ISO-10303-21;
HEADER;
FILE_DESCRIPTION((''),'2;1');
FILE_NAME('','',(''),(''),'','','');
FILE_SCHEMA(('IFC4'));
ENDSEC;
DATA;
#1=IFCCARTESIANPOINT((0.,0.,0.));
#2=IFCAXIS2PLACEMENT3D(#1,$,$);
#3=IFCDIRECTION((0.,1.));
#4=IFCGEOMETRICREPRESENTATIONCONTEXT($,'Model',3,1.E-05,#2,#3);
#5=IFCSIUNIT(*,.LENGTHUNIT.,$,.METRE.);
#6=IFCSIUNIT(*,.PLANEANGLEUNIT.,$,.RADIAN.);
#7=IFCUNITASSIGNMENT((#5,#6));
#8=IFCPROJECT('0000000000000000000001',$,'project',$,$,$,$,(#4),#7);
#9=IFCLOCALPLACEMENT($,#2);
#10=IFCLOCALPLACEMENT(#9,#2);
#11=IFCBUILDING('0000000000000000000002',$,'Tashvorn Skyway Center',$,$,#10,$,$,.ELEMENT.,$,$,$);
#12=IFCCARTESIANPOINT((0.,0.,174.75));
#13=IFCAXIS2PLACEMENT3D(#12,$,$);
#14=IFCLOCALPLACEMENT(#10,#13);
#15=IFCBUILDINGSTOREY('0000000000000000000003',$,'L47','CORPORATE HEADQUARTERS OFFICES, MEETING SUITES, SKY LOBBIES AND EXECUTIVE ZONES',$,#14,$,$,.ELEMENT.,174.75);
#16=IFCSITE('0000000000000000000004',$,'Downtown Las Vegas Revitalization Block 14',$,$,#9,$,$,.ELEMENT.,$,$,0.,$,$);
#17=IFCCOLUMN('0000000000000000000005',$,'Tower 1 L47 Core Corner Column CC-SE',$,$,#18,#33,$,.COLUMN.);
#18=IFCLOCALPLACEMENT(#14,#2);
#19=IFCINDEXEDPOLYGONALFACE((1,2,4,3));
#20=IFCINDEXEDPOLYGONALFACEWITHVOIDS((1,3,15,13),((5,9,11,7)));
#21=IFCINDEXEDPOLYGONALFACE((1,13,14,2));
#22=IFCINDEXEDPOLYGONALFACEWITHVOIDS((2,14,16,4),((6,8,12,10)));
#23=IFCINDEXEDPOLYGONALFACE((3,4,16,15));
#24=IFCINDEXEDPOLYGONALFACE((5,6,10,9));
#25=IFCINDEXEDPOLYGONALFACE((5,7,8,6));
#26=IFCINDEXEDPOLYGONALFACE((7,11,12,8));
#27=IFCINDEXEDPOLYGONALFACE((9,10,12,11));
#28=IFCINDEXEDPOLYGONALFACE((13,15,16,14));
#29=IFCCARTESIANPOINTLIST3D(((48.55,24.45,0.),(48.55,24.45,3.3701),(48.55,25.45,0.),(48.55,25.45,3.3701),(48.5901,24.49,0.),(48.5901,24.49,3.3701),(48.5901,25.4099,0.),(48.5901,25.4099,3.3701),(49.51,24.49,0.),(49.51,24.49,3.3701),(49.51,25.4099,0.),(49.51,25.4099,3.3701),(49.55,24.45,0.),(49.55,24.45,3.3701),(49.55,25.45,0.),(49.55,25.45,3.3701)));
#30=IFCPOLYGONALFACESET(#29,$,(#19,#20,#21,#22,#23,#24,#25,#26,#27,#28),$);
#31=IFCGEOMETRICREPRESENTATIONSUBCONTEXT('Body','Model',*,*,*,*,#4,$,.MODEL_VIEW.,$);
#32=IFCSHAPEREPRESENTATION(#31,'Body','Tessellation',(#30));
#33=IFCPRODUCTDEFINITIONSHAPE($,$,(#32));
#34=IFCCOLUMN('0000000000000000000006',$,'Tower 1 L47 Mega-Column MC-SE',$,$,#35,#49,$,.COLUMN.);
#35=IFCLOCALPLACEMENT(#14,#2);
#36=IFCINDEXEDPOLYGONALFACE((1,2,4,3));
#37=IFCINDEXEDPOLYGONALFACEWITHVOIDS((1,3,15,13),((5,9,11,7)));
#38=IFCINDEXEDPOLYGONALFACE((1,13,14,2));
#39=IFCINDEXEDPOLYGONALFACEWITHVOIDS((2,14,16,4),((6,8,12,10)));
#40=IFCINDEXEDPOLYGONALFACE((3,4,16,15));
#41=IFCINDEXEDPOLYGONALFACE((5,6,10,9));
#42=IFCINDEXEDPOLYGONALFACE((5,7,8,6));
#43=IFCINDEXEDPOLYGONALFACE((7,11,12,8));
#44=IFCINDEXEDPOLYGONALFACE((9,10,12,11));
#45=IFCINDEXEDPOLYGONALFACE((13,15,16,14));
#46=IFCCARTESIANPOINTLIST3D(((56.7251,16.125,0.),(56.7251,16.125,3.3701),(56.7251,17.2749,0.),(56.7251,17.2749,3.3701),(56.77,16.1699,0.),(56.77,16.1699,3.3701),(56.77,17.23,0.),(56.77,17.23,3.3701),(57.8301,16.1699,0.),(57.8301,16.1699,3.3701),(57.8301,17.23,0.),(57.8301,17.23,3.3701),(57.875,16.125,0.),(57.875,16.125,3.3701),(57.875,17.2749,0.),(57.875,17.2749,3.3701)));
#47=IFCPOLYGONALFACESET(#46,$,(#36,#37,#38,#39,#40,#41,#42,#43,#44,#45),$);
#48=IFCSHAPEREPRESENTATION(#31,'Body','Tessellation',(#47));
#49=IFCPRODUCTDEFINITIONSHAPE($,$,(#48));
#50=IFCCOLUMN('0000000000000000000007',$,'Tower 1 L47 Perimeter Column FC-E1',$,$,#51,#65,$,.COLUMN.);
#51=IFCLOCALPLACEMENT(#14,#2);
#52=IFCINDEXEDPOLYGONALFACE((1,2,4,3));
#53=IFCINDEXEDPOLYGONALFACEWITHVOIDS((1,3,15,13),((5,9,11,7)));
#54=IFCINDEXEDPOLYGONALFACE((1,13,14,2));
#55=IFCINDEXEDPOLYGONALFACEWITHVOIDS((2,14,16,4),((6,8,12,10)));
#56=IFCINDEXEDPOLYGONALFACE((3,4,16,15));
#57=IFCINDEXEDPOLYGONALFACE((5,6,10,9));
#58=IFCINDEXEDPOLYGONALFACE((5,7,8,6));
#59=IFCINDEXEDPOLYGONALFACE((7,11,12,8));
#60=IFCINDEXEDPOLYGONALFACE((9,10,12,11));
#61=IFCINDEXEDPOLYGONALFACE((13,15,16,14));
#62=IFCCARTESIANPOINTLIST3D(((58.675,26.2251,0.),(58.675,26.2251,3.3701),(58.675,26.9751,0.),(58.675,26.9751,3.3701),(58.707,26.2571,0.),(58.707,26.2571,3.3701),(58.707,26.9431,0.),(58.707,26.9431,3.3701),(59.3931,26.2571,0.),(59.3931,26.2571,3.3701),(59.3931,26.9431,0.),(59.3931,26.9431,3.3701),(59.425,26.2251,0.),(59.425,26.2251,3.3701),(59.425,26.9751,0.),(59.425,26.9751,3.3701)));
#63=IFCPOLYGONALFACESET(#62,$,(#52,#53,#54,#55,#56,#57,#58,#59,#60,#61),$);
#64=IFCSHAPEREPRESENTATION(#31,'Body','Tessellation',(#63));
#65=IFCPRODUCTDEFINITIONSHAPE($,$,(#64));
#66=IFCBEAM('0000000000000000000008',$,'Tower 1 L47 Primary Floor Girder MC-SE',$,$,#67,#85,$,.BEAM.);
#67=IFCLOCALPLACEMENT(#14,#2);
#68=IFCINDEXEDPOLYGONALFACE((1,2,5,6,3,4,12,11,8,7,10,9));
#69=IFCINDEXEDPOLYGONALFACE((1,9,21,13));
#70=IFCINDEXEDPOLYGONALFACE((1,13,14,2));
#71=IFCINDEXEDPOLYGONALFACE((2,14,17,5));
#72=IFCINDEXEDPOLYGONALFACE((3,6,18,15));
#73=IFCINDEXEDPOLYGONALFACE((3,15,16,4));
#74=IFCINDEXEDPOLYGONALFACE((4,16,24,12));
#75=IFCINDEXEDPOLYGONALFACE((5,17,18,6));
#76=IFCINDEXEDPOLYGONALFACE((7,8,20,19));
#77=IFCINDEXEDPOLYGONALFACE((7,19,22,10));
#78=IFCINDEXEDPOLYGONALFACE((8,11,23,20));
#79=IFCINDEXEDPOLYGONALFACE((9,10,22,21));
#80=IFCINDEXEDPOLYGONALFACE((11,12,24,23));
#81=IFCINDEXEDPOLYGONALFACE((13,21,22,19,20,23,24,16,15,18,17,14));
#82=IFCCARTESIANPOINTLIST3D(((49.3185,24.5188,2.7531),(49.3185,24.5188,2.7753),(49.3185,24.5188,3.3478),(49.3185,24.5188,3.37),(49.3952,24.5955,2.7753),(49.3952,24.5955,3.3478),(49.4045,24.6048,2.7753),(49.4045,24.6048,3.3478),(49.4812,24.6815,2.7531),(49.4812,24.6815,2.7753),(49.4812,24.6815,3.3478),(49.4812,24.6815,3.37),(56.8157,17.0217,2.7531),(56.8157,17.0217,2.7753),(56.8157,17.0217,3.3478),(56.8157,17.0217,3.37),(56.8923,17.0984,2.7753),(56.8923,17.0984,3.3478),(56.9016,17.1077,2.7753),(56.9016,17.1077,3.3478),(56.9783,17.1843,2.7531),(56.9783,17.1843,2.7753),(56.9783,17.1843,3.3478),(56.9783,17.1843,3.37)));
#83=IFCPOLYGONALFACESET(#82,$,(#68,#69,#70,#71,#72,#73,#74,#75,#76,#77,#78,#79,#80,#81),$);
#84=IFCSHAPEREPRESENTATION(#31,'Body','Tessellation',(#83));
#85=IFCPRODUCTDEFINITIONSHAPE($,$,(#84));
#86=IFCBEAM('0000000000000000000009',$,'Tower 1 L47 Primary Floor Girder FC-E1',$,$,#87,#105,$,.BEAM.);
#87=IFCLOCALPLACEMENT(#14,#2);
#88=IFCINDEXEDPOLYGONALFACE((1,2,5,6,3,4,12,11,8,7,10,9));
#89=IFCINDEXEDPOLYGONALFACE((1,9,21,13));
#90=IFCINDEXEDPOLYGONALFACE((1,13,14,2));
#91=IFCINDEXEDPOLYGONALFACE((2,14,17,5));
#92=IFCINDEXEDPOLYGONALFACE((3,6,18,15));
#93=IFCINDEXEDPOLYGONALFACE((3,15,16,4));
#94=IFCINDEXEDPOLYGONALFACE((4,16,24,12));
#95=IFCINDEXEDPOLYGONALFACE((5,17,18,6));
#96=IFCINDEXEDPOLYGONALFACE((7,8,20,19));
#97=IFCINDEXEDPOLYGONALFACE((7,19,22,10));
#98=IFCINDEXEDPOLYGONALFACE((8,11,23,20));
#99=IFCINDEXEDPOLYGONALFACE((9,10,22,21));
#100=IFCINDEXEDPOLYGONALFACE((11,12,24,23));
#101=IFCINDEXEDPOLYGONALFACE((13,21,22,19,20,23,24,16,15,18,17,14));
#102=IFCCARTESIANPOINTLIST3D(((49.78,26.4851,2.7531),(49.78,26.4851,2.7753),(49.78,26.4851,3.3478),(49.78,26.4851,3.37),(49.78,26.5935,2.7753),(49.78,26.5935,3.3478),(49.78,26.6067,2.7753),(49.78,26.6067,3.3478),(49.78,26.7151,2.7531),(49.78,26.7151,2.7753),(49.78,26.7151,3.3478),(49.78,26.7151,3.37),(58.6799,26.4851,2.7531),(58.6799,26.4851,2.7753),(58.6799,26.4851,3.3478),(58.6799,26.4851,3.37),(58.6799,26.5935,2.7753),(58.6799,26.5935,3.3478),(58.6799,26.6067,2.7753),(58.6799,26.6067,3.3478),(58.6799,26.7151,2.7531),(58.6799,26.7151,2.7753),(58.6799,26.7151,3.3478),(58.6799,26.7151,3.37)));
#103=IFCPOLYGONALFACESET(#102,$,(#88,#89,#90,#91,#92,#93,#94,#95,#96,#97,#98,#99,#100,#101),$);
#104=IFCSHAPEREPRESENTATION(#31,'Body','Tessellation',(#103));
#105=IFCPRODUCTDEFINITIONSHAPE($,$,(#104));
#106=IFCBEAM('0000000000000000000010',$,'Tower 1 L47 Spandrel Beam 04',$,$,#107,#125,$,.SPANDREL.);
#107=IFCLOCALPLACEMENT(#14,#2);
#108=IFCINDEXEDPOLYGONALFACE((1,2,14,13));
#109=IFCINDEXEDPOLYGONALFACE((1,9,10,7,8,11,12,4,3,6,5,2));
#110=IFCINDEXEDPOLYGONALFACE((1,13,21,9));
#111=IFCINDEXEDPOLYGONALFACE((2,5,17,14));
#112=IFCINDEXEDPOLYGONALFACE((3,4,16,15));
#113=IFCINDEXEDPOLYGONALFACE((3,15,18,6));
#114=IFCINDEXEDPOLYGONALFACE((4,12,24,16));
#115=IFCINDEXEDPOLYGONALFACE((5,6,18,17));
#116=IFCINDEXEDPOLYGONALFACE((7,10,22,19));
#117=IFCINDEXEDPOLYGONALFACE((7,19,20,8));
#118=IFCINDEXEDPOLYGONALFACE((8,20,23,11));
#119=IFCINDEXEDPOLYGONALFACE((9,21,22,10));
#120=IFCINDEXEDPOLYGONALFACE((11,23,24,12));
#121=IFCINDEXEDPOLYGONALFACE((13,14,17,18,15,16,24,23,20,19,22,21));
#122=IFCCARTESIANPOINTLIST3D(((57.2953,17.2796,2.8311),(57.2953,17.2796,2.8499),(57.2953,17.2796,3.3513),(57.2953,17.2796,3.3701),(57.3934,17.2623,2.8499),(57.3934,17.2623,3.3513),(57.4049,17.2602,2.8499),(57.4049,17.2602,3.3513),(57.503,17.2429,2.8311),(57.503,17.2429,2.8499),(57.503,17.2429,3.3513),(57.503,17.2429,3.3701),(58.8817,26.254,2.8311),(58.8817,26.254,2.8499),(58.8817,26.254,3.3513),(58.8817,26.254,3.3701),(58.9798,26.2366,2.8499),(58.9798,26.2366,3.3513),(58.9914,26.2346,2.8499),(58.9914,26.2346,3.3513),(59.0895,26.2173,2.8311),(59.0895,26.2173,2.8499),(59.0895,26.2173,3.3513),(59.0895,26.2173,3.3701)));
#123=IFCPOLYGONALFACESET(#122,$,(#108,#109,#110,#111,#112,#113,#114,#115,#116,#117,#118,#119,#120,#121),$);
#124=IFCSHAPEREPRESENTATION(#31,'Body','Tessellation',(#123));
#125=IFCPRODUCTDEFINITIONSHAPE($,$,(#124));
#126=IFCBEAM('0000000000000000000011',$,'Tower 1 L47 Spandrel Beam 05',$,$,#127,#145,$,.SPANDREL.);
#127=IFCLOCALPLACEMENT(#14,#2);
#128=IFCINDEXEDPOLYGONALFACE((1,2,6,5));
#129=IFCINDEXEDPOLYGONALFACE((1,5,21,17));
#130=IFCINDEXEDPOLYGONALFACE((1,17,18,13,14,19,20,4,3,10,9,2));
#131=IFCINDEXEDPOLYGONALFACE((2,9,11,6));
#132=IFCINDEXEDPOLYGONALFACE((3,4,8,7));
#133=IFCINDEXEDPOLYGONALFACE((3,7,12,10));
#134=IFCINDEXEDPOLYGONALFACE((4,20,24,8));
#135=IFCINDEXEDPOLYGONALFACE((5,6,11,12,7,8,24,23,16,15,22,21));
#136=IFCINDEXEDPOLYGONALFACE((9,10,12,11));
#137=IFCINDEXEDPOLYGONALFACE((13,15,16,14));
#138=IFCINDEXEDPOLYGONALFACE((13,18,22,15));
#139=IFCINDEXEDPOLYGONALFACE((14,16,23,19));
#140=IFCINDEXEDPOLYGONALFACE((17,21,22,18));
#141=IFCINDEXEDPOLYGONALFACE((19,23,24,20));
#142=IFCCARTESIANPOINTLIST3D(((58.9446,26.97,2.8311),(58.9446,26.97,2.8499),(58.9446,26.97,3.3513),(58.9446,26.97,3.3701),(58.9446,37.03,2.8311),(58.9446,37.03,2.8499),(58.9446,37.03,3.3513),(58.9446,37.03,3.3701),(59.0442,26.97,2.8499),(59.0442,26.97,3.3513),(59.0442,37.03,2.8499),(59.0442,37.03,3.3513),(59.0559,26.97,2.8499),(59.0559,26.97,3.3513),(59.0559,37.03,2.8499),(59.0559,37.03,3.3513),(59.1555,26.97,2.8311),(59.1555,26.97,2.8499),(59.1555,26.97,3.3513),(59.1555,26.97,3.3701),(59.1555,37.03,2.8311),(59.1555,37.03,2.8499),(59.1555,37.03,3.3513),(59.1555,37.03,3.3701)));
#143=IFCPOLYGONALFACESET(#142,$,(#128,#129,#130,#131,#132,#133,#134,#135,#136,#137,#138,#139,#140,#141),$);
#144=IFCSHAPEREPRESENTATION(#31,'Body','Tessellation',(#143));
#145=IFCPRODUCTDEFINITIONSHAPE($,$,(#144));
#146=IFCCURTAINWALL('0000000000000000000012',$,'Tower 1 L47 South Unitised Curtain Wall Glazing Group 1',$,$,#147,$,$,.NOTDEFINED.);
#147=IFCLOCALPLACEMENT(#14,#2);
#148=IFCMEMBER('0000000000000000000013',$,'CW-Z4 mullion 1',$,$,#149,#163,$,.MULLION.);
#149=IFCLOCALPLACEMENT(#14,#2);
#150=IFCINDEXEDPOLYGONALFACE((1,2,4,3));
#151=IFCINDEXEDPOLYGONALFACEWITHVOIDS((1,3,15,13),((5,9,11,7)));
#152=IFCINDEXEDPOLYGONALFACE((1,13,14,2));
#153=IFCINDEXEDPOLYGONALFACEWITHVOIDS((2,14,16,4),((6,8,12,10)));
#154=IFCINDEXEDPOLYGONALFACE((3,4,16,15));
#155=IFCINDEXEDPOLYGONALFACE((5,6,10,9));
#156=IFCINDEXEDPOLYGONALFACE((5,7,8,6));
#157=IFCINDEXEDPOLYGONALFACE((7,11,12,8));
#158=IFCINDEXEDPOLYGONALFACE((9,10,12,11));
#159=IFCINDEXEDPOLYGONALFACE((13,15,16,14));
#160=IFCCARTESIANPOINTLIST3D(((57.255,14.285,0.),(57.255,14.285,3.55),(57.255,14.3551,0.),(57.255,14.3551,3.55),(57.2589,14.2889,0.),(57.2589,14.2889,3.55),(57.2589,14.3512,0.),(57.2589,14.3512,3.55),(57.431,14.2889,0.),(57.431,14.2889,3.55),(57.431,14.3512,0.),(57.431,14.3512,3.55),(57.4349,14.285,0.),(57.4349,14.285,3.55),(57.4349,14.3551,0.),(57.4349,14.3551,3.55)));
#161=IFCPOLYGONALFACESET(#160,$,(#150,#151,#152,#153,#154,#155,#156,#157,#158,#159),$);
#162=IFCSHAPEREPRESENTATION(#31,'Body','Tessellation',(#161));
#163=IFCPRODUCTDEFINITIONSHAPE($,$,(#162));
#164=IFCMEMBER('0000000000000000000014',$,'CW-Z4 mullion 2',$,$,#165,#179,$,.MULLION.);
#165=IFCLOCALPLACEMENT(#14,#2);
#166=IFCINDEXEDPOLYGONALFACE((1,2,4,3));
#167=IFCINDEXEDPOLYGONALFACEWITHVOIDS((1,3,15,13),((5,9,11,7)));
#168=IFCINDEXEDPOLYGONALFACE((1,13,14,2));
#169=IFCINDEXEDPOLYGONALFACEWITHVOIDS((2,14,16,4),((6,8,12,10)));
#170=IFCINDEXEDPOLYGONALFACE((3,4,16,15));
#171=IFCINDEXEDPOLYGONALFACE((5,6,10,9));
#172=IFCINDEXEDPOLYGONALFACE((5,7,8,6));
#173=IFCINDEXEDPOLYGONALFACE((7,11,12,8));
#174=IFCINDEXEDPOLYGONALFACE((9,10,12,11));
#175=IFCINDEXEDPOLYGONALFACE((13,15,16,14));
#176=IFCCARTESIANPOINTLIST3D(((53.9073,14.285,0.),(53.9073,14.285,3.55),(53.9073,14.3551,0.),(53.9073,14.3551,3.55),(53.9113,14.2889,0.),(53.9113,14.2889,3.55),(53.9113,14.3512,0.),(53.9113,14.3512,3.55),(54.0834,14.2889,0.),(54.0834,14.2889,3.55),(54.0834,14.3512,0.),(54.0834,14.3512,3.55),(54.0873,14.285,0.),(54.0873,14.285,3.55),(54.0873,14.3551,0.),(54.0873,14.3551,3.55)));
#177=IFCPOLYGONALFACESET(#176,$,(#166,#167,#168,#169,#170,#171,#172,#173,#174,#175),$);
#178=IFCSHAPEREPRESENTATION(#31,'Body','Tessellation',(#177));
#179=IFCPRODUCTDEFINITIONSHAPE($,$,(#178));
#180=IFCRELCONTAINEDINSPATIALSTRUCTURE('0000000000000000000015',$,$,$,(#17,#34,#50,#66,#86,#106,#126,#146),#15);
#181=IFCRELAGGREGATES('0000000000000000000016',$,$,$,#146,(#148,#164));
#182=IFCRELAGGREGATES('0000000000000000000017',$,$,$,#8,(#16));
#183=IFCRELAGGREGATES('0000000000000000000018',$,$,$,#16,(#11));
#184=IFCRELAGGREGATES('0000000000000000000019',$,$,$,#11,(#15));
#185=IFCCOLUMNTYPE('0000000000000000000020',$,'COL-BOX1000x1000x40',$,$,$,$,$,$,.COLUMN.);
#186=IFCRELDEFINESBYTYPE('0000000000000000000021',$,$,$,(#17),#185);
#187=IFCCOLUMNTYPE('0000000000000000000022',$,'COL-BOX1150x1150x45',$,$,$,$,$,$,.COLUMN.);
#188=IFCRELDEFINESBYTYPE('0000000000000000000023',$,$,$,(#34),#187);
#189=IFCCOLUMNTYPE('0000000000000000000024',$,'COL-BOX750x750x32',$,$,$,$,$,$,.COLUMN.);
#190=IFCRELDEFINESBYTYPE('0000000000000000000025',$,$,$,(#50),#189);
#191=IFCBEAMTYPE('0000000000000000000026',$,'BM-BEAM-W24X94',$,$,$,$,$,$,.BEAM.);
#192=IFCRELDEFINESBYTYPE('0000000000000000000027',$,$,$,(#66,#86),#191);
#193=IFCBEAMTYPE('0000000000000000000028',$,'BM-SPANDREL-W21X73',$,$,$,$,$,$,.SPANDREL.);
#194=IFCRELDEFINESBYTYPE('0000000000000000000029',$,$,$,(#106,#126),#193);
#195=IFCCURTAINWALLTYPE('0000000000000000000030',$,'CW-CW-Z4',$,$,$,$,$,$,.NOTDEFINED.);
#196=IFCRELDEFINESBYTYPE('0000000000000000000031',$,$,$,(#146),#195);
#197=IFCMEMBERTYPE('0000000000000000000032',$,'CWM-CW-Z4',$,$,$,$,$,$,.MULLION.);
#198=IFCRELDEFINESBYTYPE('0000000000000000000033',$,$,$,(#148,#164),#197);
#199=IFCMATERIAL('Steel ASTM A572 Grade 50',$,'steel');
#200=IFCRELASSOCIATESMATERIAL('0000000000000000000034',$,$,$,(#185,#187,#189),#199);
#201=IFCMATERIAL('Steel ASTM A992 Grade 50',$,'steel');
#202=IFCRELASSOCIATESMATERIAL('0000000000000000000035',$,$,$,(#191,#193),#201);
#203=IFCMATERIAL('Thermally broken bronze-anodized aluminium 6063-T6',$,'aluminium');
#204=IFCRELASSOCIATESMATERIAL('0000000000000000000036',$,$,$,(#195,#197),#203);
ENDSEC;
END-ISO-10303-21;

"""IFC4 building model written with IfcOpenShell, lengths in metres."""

from ifc_helpers import new_model, si_unit, direction, frame, origin, origin_2d, place, context, subcontext, project, spatial, hollow_rectangle, i_section, extrude, material, material_profile, profile_set, type_object, element, aggregate, save


model = new_model("IFC4")

# Units and contexts
model_context = context("Model", 3, precision=1e-05, world=origin(), true_north=direction((0.0, 1.0)))
body_context = subcontext(model_context, "Body", "Model", "MODEL_VIEW")
ifc_project = project(units=[si_unit("LENGTHUNIT", "METRE"), si_unit("PLANEANGLEUNIT", "RADIAN")], contexts=[model_context])

# Site, building, storey
site_placement = place(None, origin())
site = spatial("IfcSite", under=ifc_project, at=site_placement, Name="Downtown Las Vegas Revitalization Block 14", CompositionType="ELEMENT", RefElevation=0.0)
building_placement = place(site_placement, origin())
building = spatial("IfcBuilding", under=site, at=building_placement, Name="Tashvorn Skyway Center", CompositionType="ELEMENT")
storey_placement = place(building_placement, frame((0.0, 0.0, 174.75)))
storey = spatial("IfcBuildingStorey", under=building, at=storey_placement, Name="L47", Description="CORPORATE HEADQUARTERS OFFICES, MEETING SUITES, SKY LOBBIES AND EXECUTIVE ZONES", CompositionType="ELEMENT", Elevation=174.75)

# Columns
ifc_material_1 = material(Name="Steel ASTM A572 Grade 50", Category="steel")
ifc_material_profile_1 = material_profile(ifc_material_1, hollow_rectangle(XDim=1.0, YDim=1.0, WallThickness=0.04, at=origin_2d()), Name="BOX1000x1000x40")
ifc_profile_set_1 = profile_set([ifc_material_profile_1], Name="Steel ASTM A572 Grade 50")
column_type_1 = type_object("IfcColumnType", Name="COL-BOX1000x1000x40", PredefinedType="COLUMN", material=ifc_profile_set_1)
column_1_placement = place(storey_placement, frame((49.05, 24.95, 0.0), z_axis=(0.0, 0.0, 1.0), x_axis=(1.0, 0.0, 0.0)))
element("IfcColumn", 1, at=column_1_placement, inside=storey, type_object=column_type_1, Name="Tower 1 L47 Core Corner Column CC-SE", PredefinedType="COLUMN", context=body_context, shape_type="SweptSolid", body=[
    extrude(hollow_rectangle(XDim=1.0, YDim=1.0, WallThickness=0.04, at=origin_2d()), origin(), (0.0, 0.0, 1.0), 3.3701),
])
ifc_material_profile_2 = material_profile(ifc_material_1, hollow_rectangle(XDim=1.1499, YDim=1.1499, WallThickness=0.0449, at=origin_2d()), Name="BOX1150x1150x45")
ifc_profile_set_2 = profile_set([ifc_material_profile_2], Name="Steel ASTM A572 Grade 50")
column_type_2 = type_object("IfcColumnType", Name="COL-BOX1150x1150x45", PredefinedType="COLUMN", material=ifc_profile_set_2)
column_2_placement = place(storey_placement, frame((57.3, 16.7, 0.0), z_axis=(0.0, 0.0, 1.0), x_axis=(1.0, 0.0, 0.0)))
element("IfcColumn", 2, at=column_2_placement, inside=storey, type_object=column_type_2, Name="Tower 1 L47 Mega-Column MC-SE", PredefinedType="COLUMN", context=body_context, shape_type="SweptSolid", body=[
    extrude(hollow_rectangle(XDim=1.1499, YDim=1.1499, WallThickness=0.0449, at=origin_2d()), origin(), (0.0, 0.0, 1.0), 3.3701),
])
ifc_material_profile_3 = material_profile(ifc_material_1, hollow_rectangle(XDim=0.75, YDim=0.75, WallThickness=0.032, at=origin_2d()), Name="BOX750x750x32")
ifc_profile_set_3 = profile_set([ifc_material_profile_3], Name="Steel ASTM A572 Grade 50")
column_type_3 = type_object("IfcColumnType", Name="COL-BOX750x750x32", PredefinedType="COLUMN", material=ifc_profile_set_3)
column_3_placement = place(storey_placement, frame((59.05, 26.6001, 0.0), z_axis=(0.0, 0.0, 1.0), x_axis=(1.0, 0.0, 0.0)))
element("IfcColumn", 3, at=column_3_placement, inside=storey, type_object=column_type_3, Name="Tower 1 L47 Perimeter Column FC-E1", PredefinedType="COLUMN", context=body_context, shape_type="SweptSolid", body=[
    extrude(hollow_rectangle(XDim=0.75, YDim=0.75, WallThickness=0.032, at=origin_2d()), origin(), (0.0, 0.0, 1.0), 3.3701),
])

# Beams
ifc_material_2 = material(Name="Steel ASTM A992 Grade 50", Category="steel")
ifc_material_profile_4 = material_profile(ifc_material_2, i_section(OverallWidth=0.23, OverallDepth=0.6169, WebThickness=0.0132, FlangeThickness=0.0222, at=origin_2d()), Name="W24X94")
ifc_profile_set_4 = profile_set([ifc_material_profile_4], Name="Steel ASTM A992 Grade 50")
beam_type_1 = type_object("IfcBeamType", Name="BM-BEAM-W24X94", PredefinedType="BEAM", material=ifc_profile_set_4)
beam_1_placement = place(storey_placement, frame((56.897, 17.103, 3.0615), z_axis=(-0.707107, 0.707107, 0.0), x_axis=(-0.707107, -0.707107, 0.0)))
element("IfcBeam", 4, at=beam_1_placement, inside=storey, type_object=beam_type_1, Name="Tower 1 L47 Primary Floor Girder MC-SE", PredefinedType="BEAM", context=body_context, shape_type="SweptSolid", body=[
    extrude(i_section(OverallWidth=0.23, OverallDepth=0.6169, WebThickness=0.0132, FlangeThickness=0.0222, at=origin_2d()), origin(), (0.0, 0.0, 1.0), 10.6025),
])
beam_2_placement = place(storey_placement, frame((58.6799, 26.6001, 3.0615), z_axis=(-1.0, 0.0, 0.0), x_axis=(0.0, -1.0, 0.0)))
element("IfcBeam", 5, at=beam_2_placement, inside=storey, type_object=beam_type_1, Name="Tower 1 L47 Primary Floor Girder FC-E1", PredefinedType="BEAM", context=body_context, shape_type="SweptSolid", body=[
    extrude(i_section(OverallWidth=0.23, OverallDepth=0.6169, WebThickness=0.0132, FlangeThickness=0.0222, at=origin_2d()), origin(), (0.0, 0.0, 1.0), 8.8999),
])
ifc_material_profile_5 = material_profile(ifc_material_2, i_section(OverallWidth=0.2109, OverallDepth=0.5391, WebThickness=0.0117, FlangeThickness=0.0188, at=origin_2d()), Name="W21X73")
ifc_profile_set_5 = profile_set([ifc_material_profile_5], Name="Steel ASTM A992 Grade 50")
beam_type_2 = type_object("IfcBeamType", Name="BM-SPANDREL-W21X73", PredefinedType="SPANDREL", material=ifc_profile_set_5)
beam_3_placement = place(storey_placement, frame((57.3992, 17.2612, 3.1006), z_axis=(0.174074, 0.984733, 0.0), x_axis=(-0.984733, 0.174074, 0.0)))
element("IfcBeam", 6, at=beam_3_placement, inside=storey, type_object=beam_type_2, Name="Tower 1 L47 Spandrel Beam 04", PredefinedType="SPANDREL", context=body_context, shape_type="SweptSolid", body=[
    extrude(i_section(OverallWidth=0.2109, OverallDepth=0.5391, WebThickness=0.0117, FlangeThickness=0.0188, at=origin_2d()), origin(), (0.0, 0.0, 1.0), 9.1135),
])
beam_4_placement = place(storey_placement, frame((59.05, 26.97, 3.1006), z_axis=(0.0, 1.0, 0.0), x_axis=(-1.0, 0.0, 0.0)))
element("IfcBeam", 7, at=beam_4_placement, inside=storey, type_object=beam_type_2, Name="Tower 1 L47 Spandrel Beam 05", PredefinedType="SPANDREL", context=body_context, shape_type="SweptSolid", body=[
    extrude(i_section(OverallWidth=0.2109, OverallDepth=0.5391, WebThickness=0.0117, FlangeThickness=0.0188, at=origin_2d()), origin(), (0.0, 0.0, 1.0), 10.0601),
])

# Curtain wall, members
ifc_material_3 = material(Name="Thermally broken bronze-anodized aluminium 6063-T6", Category="aluminium")
curtain_wall_type = type_object("IfcCurtainWallType", Name="CW-CW-Z4", PredefinedType="NOTDEFINED", material=ifc_material_3)
curtain_wall_1_placement = place(storey_placement, origin())
curtain_wall_1 = element("IfcCurtainWall", 8, at=curtain_wall_1_placement, inside=storey, type_object=curtain_wall_type, Name="Tower 1 L47 South Unitised Curtain Wall Glazing Group 1", PredefinedType="NOTDEFINED")
ifc_material_profile_6 = material_profile(ifc_material_3, hollow_rectangle(XDim=0.0701, YDim=0.1799, WallThickness=0.0039, at=origin_2d()), Name="ALU-MULL-70x180")
ifc_profile_set_6 = profile_set([ifc_material_profile_6], Name="Thermally broken bronze-anodized aluminium 6063-T6")
member_type_1 = type_object("IfcMemberType", Name="CWM-CW-Z4", PredefinedType="MULLION", material=ifc_profile_set_6)
member_1_placement = place(storey_placement, frame((57.345, 14.3201, 0.0), z_axis=(0.0, 0.0, 1.0), x_axis=(0.0, -1.0, 0.0)))
member_1 = element("IfcMember", 9, at=member_1_placement, type_object=member_type_1, Name="CW-Z4 mullion 1", PredefinedType="MULLION", context=body_context, shape_type="SweptSolid", body=[
    extrude(hollow_rectangle(XDim=0.0701, YDim=0.1799, WallThickness=0.0039, at=origin_2d()), origin(), (0.0, 0.0, 1.0), 3.55),
])
member_2_placement = place(storey_placement, frame((53.9973, 14.3201, 0.0), z_axis=(0.0, 0.0, 1.0), x_axis=(0.0, -1.0, 0.0)))
member_2 = element("IfcMember", 10, at=member_2_placement, type_object=member_type_1, Name="CW-Z4 mullion 2", PredefinedType="MULLION", context=body_context, shape_type="SweptSolid", body=[
    extrude(hollow_rectangle(XDim=0.0701, YDim=0.1799, WallThickness=0.0039, at=origin_2d()), origin(), (0.0, 0.0, 1.0), 3.55),
])

aggregate(curtain_wall_1, [member_1, member_2])

save(model, "model.ifc")
